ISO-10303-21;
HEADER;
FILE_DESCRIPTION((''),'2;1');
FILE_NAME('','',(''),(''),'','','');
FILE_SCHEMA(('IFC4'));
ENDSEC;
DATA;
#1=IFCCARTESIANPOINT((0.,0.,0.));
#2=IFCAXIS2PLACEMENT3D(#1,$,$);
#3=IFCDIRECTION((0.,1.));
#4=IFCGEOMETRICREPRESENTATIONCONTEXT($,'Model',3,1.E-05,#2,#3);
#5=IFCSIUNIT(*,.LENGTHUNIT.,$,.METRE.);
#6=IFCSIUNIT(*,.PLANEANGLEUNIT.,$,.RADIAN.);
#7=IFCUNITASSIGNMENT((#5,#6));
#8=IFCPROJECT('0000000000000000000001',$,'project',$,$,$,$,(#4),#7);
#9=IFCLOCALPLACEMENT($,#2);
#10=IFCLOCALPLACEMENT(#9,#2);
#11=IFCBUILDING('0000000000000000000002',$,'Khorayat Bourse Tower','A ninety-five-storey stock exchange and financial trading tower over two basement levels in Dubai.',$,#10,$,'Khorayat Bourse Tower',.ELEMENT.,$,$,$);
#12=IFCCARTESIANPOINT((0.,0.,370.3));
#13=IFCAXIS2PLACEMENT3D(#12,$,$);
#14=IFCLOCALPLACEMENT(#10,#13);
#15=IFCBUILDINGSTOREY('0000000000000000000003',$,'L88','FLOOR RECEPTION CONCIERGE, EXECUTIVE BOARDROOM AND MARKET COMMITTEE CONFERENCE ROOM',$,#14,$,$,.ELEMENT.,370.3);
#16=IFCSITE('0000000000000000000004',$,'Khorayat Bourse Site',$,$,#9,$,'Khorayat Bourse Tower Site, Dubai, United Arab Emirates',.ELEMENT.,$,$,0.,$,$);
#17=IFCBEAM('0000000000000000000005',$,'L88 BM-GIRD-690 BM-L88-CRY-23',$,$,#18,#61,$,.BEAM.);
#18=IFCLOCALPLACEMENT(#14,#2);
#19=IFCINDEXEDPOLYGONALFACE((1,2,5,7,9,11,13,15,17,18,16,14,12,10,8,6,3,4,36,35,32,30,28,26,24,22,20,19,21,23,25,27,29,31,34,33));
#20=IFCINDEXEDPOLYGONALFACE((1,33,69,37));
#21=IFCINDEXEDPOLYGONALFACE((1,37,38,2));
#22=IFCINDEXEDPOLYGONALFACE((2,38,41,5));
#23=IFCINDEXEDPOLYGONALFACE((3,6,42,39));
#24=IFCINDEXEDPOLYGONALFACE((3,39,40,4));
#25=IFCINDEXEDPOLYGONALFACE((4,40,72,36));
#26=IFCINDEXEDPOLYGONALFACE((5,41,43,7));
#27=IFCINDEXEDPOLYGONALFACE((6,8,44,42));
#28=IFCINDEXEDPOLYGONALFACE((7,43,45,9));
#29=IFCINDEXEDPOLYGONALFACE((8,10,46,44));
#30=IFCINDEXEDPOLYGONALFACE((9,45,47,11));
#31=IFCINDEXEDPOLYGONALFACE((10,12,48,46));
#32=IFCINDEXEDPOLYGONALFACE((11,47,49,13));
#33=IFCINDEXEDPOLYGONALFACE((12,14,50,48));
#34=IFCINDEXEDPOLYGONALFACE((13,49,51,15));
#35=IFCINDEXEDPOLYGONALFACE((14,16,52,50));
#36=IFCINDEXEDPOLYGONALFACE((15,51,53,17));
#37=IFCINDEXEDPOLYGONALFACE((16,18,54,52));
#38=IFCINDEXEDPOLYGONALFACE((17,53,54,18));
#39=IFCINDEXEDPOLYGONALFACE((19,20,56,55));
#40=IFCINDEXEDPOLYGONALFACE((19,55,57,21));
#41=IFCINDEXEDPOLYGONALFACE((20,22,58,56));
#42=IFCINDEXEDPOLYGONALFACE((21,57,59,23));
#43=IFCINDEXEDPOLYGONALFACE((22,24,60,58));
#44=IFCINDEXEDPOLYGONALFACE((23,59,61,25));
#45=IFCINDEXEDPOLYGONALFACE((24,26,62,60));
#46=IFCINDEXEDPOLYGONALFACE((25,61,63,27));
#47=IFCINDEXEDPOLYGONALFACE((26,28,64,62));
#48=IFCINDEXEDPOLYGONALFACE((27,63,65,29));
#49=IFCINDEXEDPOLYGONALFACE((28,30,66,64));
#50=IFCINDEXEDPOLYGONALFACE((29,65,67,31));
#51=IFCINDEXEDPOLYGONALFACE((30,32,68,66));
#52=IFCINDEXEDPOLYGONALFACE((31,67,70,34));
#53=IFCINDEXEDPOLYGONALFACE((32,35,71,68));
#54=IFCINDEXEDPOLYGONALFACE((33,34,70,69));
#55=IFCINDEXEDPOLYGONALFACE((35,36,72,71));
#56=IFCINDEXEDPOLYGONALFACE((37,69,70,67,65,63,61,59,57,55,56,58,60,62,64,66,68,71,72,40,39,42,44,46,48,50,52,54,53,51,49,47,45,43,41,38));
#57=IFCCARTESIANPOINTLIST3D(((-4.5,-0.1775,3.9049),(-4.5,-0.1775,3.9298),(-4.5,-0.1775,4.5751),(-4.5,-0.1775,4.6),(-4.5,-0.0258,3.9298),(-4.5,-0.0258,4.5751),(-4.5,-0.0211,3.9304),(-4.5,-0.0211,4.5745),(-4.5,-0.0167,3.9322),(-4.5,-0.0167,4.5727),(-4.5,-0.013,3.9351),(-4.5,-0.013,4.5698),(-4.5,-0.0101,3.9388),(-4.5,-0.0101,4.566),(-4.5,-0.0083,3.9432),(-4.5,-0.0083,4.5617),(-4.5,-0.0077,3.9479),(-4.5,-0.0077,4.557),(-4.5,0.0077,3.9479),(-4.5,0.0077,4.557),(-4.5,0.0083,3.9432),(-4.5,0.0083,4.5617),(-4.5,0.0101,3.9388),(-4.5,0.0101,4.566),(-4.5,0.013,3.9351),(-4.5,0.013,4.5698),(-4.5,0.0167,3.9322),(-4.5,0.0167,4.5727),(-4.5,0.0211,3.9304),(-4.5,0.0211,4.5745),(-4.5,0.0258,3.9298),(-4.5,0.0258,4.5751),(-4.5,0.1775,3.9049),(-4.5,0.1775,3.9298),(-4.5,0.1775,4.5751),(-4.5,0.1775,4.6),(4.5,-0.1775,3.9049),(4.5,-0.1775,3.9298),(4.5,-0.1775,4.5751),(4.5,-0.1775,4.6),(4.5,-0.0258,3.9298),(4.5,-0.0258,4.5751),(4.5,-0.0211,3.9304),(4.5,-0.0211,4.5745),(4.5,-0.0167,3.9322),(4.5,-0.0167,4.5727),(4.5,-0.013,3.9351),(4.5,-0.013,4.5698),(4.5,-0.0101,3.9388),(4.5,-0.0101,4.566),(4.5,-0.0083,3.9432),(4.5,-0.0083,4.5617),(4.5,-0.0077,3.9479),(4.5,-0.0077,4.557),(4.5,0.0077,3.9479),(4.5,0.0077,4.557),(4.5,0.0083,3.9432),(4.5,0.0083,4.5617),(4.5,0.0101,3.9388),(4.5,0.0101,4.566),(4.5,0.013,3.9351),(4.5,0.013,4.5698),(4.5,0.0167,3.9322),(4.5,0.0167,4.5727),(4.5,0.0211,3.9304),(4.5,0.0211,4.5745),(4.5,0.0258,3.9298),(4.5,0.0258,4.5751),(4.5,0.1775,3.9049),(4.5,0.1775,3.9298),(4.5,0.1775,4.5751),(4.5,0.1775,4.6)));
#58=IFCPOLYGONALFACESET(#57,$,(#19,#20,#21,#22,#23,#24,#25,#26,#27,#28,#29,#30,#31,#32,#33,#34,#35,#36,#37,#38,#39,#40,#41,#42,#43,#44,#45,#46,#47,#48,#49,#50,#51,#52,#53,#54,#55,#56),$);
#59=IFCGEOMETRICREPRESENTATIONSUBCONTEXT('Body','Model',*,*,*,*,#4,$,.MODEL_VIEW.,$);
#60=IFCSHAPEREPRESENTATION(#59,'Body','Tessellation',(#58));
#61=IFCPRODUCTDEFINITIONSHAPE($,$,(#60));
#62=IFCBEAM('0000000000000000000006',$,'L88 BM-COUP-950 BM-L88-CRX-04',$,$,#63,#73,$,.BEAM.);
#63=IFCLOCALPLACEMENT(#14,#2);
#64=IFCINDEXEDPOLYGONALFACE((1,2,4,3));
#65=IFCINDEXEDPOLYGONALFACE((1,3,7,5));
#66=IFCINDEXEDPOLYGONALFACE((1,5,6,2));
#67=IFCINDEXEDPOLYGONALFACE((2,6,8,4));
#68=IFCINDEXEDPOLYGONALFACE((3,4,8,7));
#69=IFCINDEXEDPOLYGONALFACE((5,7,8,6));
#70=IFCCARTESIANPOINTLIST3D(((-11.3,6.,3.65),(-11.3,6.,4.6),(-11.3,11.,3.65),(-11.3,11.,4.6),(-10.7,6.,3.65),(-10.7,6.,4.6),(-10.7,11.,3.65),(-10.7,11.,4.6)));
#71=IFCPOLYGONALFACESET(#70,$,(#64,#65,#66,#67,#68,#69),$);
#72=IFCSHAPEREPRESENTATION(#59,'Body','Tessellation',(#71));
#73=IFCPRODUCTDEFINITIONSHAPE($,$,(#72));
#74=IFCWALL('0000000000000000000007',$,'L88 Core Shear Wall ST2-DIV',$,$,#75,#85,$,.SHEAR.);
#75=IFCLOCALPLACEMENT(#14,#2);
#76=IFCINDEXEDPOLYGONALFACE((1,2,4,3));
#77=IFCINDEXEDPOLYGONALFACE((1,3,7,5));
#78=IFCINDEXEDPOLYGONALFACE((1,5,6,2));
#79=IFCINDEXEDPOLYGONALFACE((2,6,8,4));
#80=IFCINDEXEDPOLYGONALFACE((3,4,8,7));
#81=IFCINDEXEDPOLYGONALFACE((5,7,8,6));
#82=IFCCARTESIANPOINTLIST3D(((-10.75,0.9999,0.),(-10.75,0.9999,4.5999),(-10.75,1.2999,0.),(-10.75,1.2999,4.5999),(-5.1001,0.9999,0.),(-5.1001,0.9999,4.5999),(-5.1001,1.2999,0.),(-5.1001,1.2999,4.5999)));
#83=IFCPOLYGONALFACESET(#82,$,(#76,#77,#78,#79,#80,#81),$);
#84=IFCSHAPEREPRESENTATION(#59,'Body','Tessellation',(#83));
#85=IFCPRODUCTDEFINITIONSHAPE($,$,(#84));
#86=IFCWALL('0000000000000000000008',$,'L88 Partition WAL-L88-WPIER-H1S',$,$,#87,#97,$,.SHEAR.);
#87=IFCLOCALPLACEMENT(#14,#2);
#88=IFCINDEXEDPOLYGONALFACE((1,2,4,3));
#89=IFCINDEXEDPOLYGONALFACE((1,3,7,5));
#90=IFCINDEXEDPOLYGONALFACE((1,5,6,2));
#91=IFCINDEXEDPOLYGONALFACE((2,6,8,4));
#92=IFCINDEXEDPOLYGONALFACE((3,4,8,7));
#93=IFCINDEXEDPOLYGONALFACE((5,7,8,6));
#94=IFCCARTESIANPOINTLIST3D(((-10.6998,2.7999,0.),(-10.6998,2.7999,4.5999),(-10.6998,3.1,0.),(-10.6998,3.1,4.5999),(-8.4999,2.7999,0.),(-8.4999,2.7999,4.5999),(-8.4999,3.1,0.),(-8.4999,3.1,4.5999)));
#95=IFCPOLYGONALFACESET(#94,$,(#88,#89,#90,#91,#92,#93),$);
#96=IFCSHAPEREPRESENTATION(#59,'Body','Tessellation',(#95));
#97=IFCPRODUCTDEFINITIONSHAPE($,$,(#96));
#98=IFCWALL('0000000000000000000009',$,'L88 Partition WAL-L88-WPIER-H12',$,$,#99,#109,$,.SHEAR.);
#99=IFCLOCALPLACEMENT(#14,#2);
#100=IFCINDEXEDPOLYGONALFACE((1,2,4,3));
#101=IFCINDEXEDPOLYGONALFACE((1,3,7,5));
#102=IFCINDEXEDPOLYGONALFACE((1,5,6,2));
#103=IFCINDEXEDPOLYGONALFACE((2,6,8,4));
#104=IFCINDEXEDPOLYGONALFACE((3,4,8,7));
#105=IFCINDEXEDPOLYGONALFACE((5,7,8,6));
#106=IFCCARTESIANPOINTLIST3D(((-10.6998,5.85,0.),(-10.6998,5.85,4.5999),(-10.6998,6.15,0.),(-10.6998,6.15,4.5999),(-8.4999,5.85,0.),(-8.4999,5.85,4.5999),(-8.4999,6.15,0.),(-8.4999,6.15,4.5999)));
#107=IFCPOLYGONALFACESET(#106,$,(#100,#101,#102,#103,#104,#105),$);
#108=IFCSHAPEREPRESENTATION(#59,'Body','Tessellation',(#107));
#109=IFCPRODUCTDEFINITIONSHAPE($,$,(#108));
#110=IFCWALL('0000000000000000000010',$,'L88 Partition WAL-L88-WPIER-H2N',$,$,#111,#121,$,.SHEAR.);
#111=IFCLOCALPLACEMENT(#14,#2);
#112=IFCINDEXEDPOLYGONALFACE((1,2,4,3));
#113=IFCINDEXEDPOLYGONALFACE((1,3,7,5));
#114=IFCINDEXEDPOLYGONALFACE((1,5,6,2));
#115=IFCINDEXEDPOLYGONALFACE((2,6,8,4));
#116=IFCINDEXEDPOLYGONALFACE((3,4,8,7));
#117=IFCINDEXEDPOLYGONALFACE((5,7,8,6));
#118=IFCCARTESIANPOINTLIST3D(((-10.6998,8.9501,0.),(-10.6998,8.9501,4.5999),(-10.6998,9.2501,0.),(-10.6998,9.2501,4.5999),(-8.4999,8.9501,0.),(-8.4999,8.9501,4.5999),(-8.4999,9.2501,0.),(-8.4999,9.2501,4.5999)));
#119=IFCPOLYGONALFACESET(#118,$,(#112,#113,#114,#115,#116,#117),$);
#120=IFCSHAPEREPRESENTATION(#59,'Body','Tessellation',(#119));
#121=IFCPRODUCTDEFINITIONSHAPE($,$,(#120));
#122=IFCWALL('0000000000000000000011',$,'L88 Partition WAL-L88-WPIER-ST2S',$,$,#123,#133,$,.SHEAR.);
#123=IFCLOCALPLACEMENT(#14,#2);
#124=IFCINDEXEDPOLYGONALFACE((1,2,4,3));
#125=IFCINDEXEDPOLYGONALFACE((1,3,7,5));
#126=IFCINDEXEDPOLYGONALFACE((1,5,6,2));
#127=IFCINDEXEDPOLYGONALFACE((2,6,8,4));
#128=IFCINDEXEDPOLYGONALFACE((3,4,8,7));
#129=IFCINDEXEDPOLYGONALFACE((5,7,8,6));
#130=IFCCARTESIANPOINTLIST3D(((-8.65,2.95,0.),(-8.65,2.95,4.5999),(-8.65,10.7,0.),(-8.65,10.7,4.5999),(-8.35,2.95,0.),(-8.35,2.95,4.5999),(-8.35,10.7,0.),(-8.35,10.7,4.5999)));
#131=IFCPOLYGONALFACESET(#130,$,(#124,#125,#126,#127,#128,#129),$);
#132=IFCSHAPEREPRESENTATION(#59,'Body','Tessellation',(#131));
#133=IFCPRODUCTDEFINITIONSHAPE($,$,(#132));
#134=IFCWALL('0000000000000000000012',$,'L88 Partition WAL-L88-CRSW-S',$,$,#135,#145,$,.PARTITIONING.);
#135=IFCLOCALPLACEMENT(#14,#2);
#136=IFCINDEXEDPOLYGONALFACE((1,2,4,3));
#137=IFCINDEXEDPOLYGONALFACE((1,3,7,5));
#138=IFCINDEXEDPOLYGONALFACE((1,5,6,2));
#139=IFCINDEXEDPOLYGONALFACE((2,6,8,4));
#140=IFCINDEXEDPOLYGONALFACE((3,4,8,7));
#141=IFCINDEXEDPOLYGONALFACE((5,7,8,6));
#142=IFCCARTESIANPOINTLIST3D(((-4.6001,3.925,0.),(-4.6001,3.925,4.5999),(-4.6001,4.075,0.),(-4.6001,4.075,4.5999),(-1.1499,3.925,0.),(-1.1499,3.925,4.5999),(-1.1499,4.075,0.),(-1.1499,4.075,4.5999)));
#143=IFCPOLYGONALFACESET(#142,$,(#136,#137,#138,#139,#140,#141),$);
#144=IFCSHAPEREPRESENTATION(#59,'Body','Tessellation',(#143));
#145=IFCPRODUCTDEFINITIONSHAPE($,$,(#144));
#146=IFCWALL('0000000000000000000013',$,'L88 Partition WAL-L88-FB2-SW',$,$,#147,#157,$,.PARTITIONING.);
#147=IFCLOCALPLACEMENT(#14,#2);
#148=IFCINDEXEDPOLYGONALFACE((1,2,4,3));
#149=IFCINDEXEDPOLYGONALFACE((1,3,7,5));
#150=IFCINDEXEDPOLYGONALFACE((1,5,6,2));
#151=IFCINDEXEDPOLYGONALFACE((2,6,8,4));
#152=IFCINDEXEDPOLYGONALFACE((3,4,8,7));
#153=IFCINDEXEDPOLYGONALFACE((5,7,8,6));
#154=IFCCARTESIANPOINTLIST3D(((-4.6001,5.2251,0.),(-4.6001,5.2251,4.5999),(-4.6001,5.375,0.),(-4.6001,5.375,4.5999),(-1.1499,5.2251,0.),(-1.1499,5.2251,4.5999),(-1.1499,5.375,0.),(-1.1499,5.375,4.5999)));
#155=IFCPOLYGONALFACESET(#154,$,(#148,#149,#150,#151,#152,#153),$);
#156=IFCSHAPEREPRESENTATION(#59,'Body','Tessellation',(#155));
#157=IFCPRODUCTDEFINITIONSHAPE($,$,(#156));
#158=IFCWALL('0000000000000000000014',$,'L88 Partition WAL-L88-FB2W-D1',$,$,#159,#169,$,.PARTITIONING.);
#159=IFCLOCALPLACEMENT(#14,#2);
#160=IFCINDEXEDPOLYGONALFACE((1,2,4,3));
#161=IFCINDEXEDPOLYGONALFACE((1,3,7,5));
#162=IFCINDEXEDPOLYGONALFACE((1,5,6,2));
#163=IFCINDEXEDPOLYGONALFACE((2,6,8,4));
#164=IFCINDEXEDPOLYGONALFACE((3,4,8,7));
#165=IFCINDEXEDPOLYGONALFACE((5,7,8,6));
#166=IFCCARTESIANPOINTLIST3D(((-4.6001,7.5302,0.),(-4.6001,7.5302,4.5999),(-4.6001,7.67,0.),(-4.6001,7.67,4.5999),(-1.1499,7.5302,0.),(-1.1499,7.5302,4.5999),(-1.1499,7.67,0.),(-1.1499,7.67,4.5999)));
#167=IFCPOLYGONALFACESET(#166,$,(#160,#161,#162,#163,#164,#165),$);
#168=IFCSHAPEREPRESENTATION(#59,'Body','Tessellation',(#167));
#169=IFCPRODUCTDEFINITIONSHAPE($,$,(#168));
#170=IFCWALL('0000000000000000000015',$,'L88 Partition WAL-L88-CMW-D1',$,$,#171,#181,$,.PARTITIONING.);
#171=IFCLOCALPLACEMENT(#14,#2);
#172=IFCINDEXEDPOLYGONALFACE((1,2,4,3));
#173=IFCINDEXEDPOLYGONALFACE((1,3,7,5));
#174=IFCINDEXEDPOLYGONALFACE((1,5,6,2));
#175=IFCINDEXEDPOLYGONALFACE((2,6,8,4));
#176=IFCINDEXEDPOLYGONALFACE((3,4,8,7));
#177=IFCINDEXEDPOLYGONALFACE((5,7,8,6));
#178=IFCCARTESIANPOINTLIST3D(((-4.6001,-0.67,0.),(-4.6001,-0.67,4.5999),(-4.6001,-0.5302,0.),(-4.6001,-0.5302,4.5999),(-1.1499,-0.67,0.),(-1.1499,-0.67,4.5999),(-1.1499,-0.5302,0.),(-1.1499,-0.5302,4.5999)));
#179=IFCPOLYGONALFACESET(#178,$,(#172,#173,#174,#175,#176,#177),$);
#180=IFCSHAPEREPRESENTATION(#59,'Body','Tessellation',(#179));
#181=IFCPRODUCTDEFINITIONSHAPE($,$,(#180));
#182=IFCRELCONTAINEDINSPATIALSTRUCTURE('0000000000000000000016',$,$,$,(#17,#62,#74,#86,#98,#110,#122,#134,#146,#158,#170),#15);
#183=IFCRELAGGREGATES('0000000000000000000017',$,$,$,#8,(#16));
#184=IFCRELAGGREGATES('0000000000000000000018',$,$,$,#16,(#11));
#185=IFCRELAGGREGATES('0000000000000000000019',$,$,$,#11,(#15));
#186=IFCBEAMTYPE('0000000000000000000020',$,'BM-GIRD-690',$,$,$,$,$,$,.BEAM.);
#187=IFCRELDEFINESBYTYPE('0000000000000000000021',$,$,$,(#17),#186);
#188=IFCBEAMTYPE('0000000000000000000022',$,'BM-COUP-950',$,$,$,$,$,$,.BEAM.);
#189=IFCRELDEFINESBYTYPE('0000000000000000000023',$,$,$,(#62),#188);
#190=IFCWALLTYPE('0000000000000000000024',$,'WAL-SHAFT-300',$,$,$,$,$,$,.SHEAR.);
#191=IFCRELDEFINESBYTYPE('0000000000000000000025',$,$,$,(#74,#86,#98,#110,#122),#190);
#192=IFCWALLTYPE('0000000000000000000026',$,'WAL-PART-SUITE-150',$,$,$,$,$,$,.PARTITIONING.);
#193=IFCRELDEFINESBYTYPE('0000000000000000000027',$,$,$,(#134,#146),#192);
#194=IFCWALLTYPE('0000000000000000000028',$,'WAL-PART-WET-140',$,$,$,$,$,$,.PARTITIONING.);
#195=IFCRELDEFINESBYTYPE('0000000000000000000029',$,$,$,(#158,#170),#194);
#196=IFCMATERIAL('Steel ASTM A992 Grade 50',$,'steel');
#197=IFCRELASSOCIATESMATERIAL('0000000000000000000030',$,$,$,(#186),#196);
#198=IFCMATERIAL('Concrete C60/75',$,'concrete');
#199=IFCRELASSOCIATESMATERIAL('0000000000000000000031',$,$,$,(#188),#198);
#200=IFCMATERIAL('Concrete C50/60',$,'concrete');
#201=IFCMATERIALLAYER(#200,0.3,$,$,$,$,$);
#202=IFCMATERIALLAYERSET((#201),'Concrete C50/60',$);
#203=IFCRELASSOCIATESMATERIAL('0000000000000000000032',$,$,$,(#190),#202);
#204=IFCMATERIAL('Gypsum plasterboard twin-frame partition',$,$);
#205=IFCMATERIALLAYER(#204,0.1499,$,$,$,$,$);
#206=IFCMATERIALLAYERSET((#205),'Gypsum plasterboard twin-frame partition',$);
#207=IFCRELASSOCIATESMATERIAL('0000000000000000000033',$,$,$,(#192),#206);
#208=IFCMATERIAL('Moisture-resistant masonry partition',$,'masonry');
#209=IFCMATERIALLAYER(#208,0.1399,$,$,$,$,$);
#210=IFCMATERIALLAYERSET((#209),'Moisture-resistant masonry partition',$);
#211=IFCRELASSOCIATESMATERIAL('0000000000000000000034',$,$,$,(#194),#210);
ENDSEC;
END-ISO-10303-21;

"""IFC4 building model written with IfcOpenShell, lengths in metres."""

from ifc_helpers import new_model, si_unit, direction, frame, frame_2d, origin, origin_2d, place, context, subcontext, project, spatial, rectangle, i_section, extrude, source, transform, mapped, material, layer, layer_set, material_profile, profile_set, type_object, element, save


model = new_model("IFC4")

# Units and contexts
model_context = context("Model", 3, precision=1e-05, world=origin(), true_north=direction((0.0, 1.0)))
body_context = subcontext(model_context, "Body", "Model", "MODEL_VIEW")
ifc_project = project(units=[si_unit("LENGTHUNIT", "METRE"), si_unit("PLANEANGLEUNIT", "RADIAN")], contexts=[model_context])

# Site, building, storey
site_placement = place(None, origin())
site = spatial("IfcSite", under=ifc_project, at=site_placement, Name="Khorayat Bourse Site", LongName="Khorayat Bourse Tower Site, Dubai, United Arab Emirates", CompositionType="ELEMENT", RefElevation=0.0)
building_placement = place(site_placement, origin())
building = spatial("IfcBuilding", under=site, at=building_placement, Name="Khorayat Bourse Tower", Description="A ninety-five-storey stock exchange and financial trading tower over two basement levels in Dubai.", LongName="Khorayat Bourse Tower", CompositionType="ELEMENT")
storey_placement = place(building_placement, frame((0.0, 0.0, 370.3)))
storey = spatial("IfcBuildingStorey", under=building, at=storey_placement, Name="L88", Description="FLOOR RECEPTION CONCIERGE, EXECUTIVE BOARDROOM AND MARKET COMMITTEE CONFERENCE ROOM", CompositionType="ELEMENT", Elevation=370.3)

# Beams
ifc_material_1 = material(Name="Steel ASTM A992 Grade 50", Category="steel")
ifc_material_profile_1 = material_profile(ifc_material_1, i_section(OverallWidth=0.355, OverallDepth=0.6951, WebThickness=0.0154, FlangeThickness=0.0249, FilletRadius=0.0181, at=origin_2d()), Name="W690X217")
ifc_profile_set_1 = profile_set([ifc_material_profile_1], Name="Steel ASTM A992 Grade 50")
beam_type_1 = type_object("IfcBeamType", Name="BM-GIRD-690", PredefinedType="BEAM", material=ifc_profile_set_1)
shared_shape_1 = source(origin(), body_context, "Body", "SweptSolid", [
    extrude(i_section(OverallWidth=0.355, OverallDepth=0.6951, WebThickness=0.0154, FlangeThickness=0.0249, FilletRadius=0.0181, at=origin_2d()), origin(), (0.0, 0.0, 1.0), 9.0),
])
beam_1_placement = place(storey_placement, frame((-4.5, 0.0, 4.2524), z_axis=(1.0, 0.0, 0.0), x_axis=(0.0, 1.0, 0.0)))
element("IfcBeam", 1, at=beam_1_placement, inside=storey, type_object=beam_type_1, Name="L88 BM-GIRD-690 BM-L88-CRY-23", PredefinedType="BEAM", context=body_context, shape_type="MappedRepresentation", body=[
    mapped(shared_shape_1, transform((0.0, 0.0, 0.0), scale=1.0)),
])
ifc_material_2 = material(Name="Concrete C60/75", Category="concrete")
ifc_material_profile_2 = material_profile(ifc_material_2, rectangle(XDim=0.6001, YDim=0.95, at=origin_2d()), Name="RC 600x950")
ifc_profile_set_2 = profile_set([ifc_material_profile_2], Name="Concrete C60/75")
beam_type_2 = type_object("IfcBeamType", Name="BM-COUP-950", PredefinedType="BEAM", material=ifc_profile_set_2)
shared_shape_2 = source(origin(), body_context, "Body", "SweptSolid", [
    extrude(rectangle(XDim=0.6001, YDim=0.95, at=origin_2d()), origin(), (0.0, 0.0, 1.0), 5.0),
])
beam_2_placement = place(storey_placement, frame((-11.0, 6.0, 4.125), z_axis=(0.0, 1.0, 0.0), x_axis=(-1.0, 0.0, 0.0)))
element("IfcBeam", 2, at=beam_2_placement, inside=storey, type_object=beam_type_2, Name="L88 BM-COUP-950 BM-L88-CRX-04", PredefinedType="BEAM", context=body_context, shape_type="MappedRepresentation", body=[
    mapped(shared_shape_2, transform((0.0, 0.0, 0.0), scale=1.0)),
])

# Walls
ifc_material_3 = material(Name="Concrete C50/60", Category="concrete")
ifc_layer_1 = layer(ifc_material_3, 0.3)
ifc_layer_set_1 = layer_set([ifc_layer_1], Name="Concrete C50/60")
wall_type_1 = type_object("IfcWallType", Name="WAL-SHAFT-300", PredefinedType="SHEAR", material=ifc_layer_set_1)
shared_shape_3 = source(origin(), body_context, "Body", "SweptSolid", [
    extrude(rectangle(XDim=5.6499, YDim=0.3, at=frame_2d((2.825, 0.0))), origin(), (0.0, 0.0, 1.0), 4.5999),
])
wall_1_placement = place(storey_placement, frame((-10.75, 1.1499, 0.0), z_axis=(0.0, 0.0, 1.0), x_axis=(1.0, 0.0, 0.0)))
element("IfcWall", 3, at=wall_1_placement, inside=storey, type_object=wall_type_1, Name="L88 Core Shear Wall ST2-DIV", PredefinedType="SHEAR", context=body_context, shape_type="MappedRepresentation", body=[
    mapped(shared_shape_3, transform((0.0, 0.0, 0.0), scale=1.0)),
])
shared_shape_4 = source(origin(), body_context, "Body", "SweptSolid", [
    extrude(rectangle(XDim=2.2, YDim=0.3, at=frame_2d((1.1001, 0.0))), origin(), (0.0, 0.0, 1.0), 4.5999),
])
for number, where, z_axis, x_axis, name in (
    (4, (-10.7, 2.95, 0.0), (0.0, 0.0, 1.0), (1.0, 0.0, 0.0), "L88 Partition WAL-L88-WPIER-H1S"),
    (5, (-10.7, 6.0, 0.0), (0.0, 0.0, 1.0), (1.0, 0.0, 0.0), "L88 Partition WAL-L88-WPIER-H12"),
    (6, (-10.7, 9.1001, 0.0), (0.0, 0.0, 1.0), (1.0, 0.0, 0.0), "L88 Partition WAL-L88-WPIER-H2N"),
):
    element("IfcWall", number, at=place(storey_placement, frame(where, z_axis=z_axis, x_axis=x_axis)), inside=storey, type_object=wall_type_1, Name=name, PredefinedType="SHEAR", context=body_context, shape_type="MappedRepresentation", body=[
        mapped(shared_shape_4, transform((0.0, 0.0, 0.0), scale=1.0)),
    ])
shared_shape_5 = source(origin(), body_context, "Body", "SweptSolid", [
    extrude(rectangle(XDim=7.75, YDim=0.3, at=frame_2d((3.875, 0.0))), origin(), (0.0, 0.0, 1.0), 4.5999),
])
wall_2_placement = place(storey_placement, frame((-8.5, 2.95, 0.0), z_axis=(0.0, 0.0, 1.0), x_axis=(0.0, 1.0, 0.0)))
element("IfcWall", 7, at=wall_2_placement, inside=storey, type_object=wall_type_1, Name="L88 Partition WAL-L88-WPIER-ST2S", PredefinedType="SHEAR", context=body_context, shape_type="MappedRepresentation", body=[
    mapped(shared_shape_5, transform((0.0, 0.0, 0.0), scale=1.0)),
])
ifc_material_4 = material(Name="Gypsum plasterboard twin-frame partition")
ifc_layer_2 = layer(ifc_material_4, 0.1499)
ifc_layer_set_2 = layer_set([ifc_layer_2], Name="Gypsum plasterboard twin-frame partition")
wall_type_2 = type_object("IfcWallType", Name="WAL-PART-SUITE-150", PredefinedType="PARTITIONING", material=ifc_layer_set_2)
shared_shape_6 = source(origin(), body_context, "Body", "SweptSolid", [
    extrude(rectangle(XDim=3.4502, YDim=0.1499, at=frame_2d((1.7251, 0.0))), origin(), (0.0, 0.0, 1.0), 4.5999),
])
for number, where, z_axis, x_axis, name in (
    (8, (-4.6001, 4.0, 0.0), (0.0, 0.0, 1.0), (1.0, 0.0, 0.0), "L88 Partition WAL-L88-CRSW-S"),
    (9, (-4.6001, 5.3, 0.0), (0.0, 0.0, 1.0), (1.0, 0.0, 0.0), "L88 Partition WAL-L88-FB2-SW"),
):
    element("IfcWall", number, at=place(storey_placement, frame(where, z_axis=z_axis, x_axis=x_axis)), inside=storey, type_object=wall_type_2, Name=name, PredefinedType="PARTITIONING", context=body_context, shape_type="MappedRepresentation", body=[
        mapped(shared_shape_6, transform((0.0, 0.0, 0.0), scale=1.0)),
    ])
ifc_material_5 = material(Name="Moisture-resistant masonry partition", Category="masonry")
ifc_layer_3 = layer(ifc_material_5, 0.1399)
ifc_layer_set_3 = layer_set([ifc_layer_3], Name="Moisture-resistant masonry partition")
wall_type_3 = type_object("IfcWallType", Name="WAL-PART-WET-140", PredefinedType="PARTITIONING", material=ifc_layer_set_3)
shared_shape_7 = source(origin(), body_context, "Body", "SweptSolid", [
    extrude(rectangle(XDim=3.4502, YDim=0.1399, at=frame_2d((1.7251, 0.0))), origin(), (0.0, 0.0, 1.0), 4.5999),
])
for number, where, z_axis, x_axis, name in (
    (10, (-4.6001, 7.6001, 0.0), (0.0, 0.0, 1.0), (1.0, 0.0, 0.0), "L88 Partition WAL-L88-FB2W-D1"),
    (11, (-4.6001, -0.6001, 0.0), (0.0, 0.0, 1.0), (1.0, 0.0, 0.0), "L88 Partition WAL-L88-CMW-D1"),
):
    element("IfcWall", number, at=place(storey_placement, frame(where, z_axis=z_axis, x_axis=x_axis)), inside=storey, type_object=wall_type_3, Name=name, PredefinedType="PARTITIONING", context=body_context, shape_type="MappedRepresentation", body=[
        mapped(shared_shape_7, transform((0.0, 0.0, 0.0), scale=1.0)),
    ])

save(model, "model.ifc")
